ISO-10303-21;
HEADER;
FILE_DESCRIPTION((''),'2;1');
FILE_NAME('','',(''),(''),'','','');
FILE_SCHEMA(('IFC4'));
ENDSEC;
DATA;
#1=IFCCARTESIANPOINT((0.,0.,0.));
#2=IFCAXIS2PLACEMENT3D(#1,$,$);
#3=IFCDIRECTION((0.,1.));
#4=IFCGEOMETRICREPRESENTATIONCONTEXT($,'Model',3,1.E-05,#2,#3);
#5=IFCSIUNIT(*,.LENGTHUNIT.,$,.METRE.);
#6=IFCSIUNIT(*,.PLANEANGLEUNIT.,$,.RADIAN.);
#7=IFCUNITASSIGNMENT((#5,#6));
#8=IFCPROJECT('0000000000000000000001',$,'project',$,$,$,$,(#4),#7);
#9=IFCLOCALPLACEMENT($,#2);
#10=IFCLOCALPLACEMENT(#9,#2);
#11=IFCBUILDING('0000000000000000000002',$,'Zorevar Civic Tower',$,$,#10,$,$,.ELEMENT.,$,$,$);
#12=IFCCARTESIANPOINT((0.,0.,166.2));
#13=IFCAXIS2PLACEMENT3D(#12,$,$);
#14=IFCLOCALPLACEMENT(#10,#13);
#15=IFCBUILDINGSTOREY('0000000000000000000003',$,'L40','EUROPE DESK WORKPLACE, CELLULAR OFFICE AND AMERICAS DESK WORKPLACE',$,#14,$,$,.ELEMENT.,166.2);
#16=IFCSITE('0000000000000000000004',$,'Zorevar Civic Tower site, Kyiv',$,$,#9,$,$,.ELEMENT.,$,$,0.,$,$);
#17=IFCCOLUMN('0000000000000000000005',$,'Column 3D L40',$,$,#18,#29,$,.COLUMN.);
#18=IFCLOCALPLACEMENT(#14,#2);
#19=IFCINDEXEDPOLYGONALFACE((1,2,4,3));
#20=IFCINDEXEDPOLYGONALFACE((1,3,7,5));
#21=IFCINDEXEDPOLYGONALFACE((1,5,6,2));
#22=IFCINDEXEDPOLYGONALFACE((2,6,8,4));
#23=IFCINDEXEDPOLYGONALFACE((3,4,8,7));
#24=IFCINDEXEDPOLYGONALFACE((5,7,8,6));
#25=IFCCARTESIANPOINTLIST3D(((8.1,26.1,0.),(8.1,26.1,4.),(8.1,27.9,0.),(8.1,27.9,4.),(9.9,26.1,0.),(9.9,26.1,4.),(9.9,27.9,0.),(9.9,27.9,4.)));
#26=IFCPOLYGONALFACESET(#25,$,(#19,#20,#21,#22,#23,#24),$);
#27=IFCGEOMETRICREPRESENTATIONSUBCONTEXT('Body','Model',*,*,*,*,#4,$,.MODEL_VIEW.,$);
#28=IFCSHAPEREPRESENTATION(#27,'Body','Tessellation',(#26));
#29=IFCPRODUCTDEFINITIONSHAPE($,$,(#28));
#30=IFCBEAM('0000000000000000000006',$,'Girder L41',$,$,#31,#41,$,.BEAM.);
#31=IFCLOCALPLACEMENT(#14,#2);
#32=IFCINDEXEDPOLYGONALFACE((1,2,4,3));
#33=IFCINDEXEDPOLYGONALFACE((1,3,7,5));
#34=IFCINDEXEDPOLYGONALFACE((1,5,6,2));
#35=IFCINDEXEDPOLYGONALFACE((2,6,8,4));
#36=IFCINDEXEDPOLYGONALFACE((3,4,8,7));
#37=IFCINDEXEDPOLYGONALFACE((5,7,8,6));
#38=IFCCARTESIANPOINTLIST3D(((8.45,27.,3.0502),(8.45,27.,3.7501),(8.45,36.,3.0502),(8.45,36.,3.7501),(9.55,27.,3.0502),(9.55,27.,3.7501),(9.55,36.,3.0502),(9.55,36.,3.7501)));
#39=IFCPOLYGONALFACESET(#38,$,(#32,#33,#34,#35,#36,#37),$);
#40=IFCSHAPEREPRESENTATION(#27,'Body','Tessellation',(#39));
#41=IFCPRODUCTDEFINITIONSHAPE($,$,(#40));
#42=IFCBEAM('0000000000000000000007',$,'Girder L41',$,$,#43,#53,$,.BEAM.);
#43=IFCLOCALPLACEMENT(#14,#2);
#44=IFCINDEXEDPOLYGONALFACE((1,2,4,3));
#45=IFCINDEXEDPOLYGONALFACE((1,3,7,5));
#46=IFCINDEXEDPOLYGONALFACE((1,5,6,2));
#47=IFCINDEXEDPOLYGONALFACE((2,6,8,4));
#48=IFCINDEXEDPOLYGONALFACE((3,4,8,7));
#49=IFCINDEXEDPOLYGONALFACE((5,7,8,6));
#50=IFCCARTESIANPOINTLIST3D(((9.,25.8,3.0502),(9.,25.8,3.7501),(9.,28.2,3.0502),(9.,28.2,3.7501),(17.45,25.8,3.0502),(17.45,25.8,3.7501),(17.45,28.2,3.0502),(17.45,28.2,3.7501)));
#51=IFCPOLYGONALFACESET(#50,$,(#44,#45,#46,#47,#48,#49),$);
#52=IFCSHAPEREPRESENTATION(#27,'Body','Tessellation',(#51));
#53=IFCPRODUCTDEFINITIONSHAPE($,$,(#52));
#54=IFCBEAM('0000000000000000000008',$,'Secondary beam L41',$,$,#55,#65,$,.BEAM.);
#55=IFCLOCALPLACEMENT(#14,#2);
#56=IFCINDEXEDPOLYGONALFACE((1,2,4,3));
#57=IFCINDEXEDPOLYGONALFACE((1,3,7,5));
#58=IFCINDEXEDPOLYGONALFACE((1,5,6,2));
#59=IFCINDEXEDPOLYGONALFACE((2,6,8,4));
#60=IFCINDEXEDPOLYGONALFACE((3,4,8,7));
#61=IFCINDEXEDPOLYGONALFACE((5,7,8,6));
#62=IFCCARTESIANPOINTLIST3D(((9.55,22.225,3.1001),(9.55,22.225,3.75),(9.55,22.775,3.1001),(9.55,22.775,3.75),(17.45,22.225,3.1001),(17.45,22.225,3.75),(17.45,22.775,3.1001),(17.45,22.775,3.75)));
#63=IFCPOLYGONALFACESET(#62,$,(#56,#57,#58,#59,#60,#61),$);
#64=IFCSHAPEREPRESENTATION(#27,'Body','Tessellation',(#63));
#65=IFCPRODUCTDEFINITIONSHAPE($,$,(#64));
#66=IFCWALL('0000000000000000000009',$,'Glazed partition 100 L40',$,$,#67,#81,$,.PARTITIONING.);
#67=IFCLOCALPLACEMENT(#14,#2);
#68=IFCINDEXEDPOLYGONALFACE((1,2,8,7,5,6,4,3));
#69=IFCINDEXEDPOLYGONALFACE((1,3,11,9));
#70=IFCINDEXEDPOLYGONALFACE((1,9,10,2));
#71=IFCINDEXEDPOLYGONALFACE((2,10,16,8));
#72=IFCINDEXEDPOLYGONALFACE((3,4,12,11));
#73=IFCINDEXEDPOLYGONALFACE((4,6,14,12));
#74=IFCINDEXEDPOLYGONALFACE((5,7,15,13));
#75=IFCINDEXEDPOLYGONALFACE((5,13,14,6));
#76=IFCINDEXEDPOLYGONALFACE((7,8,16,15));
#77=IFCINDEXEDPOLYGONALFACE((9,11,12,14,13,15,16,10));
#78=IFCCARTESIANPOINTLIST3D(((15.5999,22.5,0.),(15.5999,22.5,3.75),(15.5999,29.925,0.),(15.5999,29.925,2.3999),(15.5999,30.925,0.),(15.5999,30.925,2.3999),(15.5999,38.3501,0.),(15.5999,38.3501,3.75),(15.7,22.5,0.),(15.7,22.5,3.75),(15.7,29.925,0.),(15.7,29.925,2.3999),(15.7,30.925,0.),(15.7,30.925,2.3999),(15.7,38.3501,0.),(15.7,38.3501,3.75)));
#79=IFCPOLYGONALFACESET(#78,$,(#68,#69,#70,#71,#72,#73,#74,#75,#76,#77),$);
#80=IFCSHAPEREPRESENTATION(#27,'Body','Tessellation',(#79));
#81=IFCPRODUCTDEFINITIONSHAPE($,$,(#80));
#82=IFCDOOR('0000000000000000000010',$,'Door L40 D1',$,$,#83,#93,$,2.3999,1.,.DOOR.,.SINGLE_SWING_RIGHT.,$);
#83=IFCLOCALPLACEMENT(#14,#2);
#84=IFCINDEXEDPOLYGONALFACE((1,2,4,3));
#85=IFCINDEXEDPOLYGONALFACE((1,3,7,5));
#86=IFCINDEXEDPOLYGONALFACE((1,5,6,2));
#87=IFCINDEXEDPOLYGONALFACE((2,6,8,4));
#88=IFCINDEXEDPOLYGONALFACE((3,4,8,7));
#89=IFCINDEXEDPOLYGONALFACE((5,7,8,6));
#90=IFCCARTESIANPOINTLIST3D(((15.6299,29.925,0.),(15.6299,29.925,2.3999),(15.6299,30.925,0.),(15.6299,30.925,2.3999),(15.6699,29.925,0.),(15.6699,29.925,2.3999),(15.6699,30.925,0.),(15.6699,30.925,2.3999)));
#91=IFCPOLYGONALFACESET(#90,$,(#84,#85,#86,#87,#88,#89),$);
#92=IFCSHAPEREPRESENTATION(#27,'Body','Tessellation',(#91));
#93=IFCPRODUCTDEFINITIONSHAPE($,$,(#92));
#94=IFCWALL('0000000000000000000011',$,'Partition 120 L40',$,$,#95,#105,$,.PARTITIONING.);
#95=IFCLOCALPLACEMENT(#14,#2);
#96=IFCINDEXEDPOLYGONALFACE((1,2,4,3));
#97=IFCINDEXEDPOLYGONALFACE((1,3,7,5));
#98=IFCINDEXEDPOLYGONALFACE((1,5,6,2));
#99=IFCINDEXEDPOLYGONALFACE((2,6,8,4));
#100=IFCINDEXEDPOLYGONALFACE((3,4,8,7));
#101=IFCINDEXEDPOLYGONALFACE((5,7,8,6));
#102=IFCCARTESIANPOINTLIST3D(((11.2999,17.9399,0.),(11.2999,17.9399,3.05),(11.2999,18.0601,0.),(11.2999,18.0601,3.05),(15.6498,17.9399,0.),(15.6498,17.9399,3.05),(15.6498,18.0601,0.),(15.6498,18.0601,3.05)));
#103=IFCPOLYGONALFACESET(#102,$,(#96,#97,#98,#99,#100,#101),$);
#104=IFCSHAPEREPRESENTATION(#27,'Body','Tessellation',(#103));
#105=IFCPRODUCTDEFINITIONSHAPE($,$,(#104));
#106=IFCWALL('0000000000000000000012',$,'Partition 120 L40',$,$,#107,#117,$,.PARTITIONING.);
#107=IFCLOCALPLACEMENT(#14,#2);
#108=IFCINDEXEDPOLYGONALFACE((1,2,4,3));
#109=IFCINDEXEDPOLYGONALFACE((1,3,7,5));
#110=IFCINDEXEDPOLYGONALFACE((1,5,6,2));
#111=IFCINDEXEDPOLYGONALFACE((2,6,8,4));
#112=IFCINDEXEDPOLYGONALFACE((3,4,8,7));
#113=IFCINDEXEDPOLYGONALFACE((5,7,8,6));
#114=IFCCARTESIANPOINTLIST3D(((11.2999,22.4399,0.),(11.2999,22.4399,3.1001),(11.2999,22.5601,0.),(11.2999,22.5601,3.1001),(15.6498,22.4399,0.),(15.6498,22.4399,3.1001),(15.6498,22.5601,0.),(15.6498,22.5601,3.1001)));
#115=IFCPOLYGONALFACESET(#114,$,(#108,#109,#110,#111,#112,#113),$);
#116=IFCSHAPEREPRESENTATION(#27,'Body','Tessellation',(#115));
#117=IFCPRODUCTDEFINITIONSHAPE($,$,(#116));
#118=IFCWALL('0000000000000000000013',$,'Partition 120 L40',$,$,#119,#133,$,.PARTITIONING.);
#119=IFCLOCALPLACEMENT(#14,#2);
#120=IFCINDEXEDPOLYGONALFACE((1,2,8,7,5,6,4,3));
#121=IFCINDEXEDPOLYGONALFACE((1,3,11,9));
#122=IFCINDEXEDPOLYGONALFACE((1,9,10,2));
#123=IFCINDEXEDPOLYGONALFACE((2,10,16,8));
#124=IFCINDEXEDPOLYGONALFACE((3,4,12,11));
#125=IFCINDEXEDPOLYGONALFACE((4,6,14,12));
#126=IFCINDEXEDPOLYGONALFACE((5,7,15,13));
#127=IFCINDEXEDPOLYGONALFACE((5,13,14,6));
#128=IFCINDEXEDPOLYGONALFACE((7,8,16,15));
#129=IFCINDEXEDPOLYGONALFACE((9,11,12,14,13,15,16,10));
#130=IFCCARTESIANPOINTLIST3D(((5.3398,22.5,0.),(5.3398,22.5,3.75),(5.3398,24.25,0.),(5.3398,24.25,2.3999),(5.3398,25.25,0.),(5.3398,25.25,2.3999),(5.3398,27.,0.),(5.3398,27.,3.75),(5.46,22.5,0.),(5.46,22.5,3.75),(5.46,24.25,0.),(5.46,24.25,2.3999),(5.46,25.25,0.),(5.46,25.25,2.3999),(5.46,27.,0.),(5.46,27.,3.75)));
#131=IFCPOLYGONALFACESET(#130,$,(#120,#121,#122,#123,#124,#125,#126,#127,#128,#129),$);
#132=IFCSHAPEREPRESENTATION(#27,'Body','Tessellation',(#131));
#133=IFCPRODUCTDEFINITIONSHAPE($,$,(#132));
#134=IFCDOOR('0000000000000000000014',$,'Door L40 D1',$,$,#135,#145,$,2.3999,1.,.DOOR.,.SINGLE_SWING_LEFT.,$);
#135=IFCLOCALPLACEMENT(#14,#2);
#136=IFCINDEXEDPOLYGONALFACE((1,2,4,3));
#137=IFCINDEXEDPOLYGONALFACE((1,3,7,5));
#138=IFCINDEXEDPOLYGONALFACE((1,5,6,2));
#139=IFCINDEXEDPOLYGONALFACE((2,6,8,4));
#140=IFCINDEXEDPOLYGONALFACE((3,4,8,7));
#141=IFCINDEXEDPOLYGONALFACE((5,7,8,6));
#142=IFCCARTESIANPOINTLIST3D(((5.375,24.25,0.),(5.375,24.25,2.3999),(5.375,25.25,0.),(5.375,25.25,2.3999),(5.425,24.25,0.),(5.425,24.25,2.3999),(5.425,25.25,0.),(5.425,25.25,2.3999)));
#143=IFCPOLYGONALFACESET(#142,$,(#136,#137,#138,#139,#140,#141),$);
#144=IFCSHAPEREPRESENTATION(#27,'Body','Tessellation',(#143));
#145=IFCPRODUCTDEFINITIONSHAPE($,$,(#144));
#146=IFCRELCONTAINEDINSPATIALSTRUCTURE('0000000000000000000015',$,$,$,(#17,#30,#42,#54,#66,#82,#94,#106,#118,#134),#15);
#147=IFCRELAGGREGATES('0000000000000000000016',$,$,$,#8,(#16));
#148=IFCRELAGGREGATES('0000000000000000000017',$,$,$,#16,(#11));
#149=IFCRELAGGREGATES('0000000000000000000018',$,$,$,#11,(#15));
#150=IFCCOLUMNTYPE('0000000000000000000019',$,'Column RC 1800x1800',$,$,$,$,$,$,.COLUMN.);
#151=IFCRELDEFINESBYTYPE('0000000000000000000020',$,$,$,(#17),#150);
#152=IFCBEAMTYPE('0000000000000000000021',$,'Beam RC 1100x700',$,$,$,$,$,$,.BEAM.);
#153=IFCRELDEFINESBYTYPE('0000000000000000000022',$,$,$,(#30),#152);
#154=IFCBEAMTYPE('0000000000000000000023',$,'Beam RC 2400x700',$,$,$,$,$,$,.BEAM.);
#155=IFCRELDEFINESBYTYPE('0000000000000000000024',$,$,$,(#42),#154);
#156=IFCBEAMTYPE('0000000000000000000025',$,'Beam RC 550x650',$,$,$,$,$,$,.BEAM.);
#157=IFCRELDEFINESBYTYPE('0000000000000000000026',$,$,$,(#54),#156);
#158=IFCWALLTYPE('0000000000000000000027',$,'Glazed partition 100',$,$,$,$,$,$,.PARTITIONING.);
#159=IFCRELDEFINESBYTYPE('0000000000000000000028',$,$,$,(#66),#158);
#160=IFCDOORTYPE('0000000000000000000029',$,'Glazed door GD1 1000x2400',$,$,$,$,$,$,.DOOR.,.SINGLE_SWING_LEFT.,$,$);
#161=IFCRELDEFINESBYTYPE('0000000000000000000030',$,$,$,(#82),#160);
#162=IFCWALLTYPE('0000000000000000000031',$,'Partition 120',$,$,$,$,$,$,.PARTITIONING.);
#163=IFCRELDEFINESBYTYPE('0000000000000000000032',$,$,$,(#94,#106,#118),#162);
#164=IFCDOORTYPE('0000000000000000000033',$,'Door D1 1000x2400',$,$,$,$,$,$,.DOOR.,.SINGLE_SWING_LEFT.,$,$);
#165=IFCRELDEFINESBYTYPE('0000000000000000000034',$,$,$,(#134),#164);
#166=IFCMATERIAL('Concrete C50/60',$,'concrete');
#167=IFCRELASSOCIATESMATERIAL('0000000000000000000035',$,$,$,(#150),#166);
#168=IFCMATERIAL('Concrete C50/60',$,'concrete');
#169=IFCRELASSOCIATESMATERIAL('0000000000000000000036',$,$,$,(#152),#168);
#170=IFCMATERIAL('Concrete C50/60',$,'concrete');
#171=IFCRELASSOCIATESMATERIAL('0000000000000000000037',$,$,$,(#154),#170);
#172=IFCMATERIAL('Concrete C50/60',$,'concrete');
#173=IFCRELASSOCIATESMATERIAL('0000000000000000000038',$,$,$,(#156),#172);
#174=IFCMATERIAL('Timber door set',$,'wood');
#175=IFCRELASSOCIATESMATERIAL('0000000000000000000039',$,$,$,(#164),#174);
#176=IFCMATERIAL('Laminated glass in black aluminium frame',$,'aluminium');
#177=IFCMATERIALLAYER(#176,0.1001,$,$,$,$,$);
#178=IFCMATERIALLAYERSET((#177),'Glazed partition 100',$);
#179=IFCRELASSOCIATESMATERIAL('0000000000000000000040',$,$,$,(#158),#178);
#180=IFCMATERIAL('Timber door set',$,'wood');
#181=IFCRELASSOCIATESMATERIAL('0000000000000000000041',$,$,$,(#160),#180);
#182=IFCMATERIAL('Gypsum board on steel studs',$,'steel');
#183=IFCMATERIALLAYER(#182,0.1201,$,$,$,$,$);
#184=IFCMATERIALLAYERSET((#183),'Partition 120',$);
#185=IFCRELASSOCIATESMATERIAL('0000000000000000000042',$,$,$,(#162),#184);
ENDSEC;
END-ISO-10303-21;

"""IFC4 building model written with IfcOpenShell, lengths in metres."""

from ifc_helpers import new_model, si_unit, direction, frame, frame_2d, origin, origin_2d, place, context, subcontext, project, spatial, rectangle, extrude, material, layer, layer_set, material_profile, profile_set, type_object, element, fill, save


model = new_model("IFC4")

# Units and contexts
model_context = context("Model", 3, precision=1e-05, world=origin(), true_north=direction((0.0, 1.0)))
body_context = subcontext(model_context, "Body", "Model", "MODEL_VIEW")
ifc_project = project(units=[si_unit("LENGTHUNIT", "METRE"), si_unit("PLANEANGLEUNIT", "RADIAN")], contexts=[model_context])

# Site, building, storey
site_placement = place(None, origin())
site = spatial("IfcSite", under=ifc_project, at=site_placement, Name="Zorevar Civic Tower site, Kyiv", CompositionType="ELEMENT", RefElevation=0.0)
building_placement = place(site_placement, origin())
building = spatial("IfcBuilding", under=site, at=building_placement, Name="Zorevar Civic Tower", CompositionType="ELEMENT")
storey_placement = place(building_placement, frame((0.0, 0.0, 166.2)))
storey = spatial("IfcBuildingStorey", under=building, at=storey_placement, Name="L40", Description="EUROPE DESK WORKPLACE, CELLULAR OFFICE AND AMERICAS DESK WORKPLACE", CompositionType="ELEMENT", Elevation=166.2)

# Column
ifc_material_1 = material(Name="Concrete C50/60", Category="concrete")
ifc_material_profile_1 = material_profile(ifc_material_1, rectangle(XDim=1.8, YDim=1.8, at=origin_2d()), Name="RC 1800x1800")
ifc_profile_set_1 = profile_set([ifc_material_profile_1], Name="Concrete C50/60")
column_type = type_object("IfcColumnType", Name="Column RC 1800x1800", PredefinedType="COLUMN", material=ifc_profile_set_1)
column_placement = place(storey_placement, frame((9.0, 27.0, 0.0), z_axis=(0.0, 0.0, 1.0), x_axis=(1.0, 0.0, 0.0)))
element("IfcColumn", 1, at=column_placement, inside=storey, type_object=column_type, Name="Column 3D L40", PredefinedType="COLUMN", context=body_context, shape_type="SweptSolid", body=[
    extrude(rectangle(XDim=1.8, YDim=1.8, at=origin_2d()), origin(), (0.0, 0.0, 1.0), 4.0),
])

# Beams
ifc_material_2 = material(Name="Concrete C50/60", Category="concrete")
ifc_material_profile_2 = material_profile(ifc_material_2, rectangle(XDim=1.1001, YDim=0.7, at=origin_2d()), Name="RC 1100x700")
ifc_profile_set_2 = profile_set([ifc_material_profile_2], Name="Concrete C50/60")
beam_type_1 = type_object("IfcBeamType", Name="Beam RC 1100x700", PredefinedType="BEAM", material=ifc_profile_set_2)
beam_1_placement = place(storey_placement, frame((9.0, 27.0, 3.4001), z_axis=(0.0, 1.0, 0.0), x_axis=(-1.0, 0.0, 0.0)))
element("IfcBeam", 2, at=beam_1_placement, inside=storey, type_object=beam_type_1, Name="Girder L41", PredefinedType="BEAM", context=body_context, shape_type="SweptSolid", body=[
    extrude(rectangle(XDim=1.1001, YDim=0.7, at=origin_2d()), origin(), (0.0, 0.0, 1.0), 9.0),
])
ifc_material_3 = material(Name="Concrete C50/60", Category="concrete")
ifc_material_profile_3 = material_profile(ifc_material_3, rectangle(XDim=2.3999, YDim=0.7, at=origin_2d()), Name="RC 2400x700")
ifc_profile_set_3 = profile_set([ifc_material_profile_3], Name="Concrete C50/60")
beam_type_2 = type_object("IfcBeamType", Name="Beam RC 2400x700", PredefinedType="BEAM", material=ifc_profile_set_3)
beam_2_placement = place(storey_placement, frame((9.0, 27.0, 3.4001), z_axis=(1.0, 0.0, 0.0), x_axis=(0.0, 1.0, 0.0)))
element("IfcBeam", 3, at=beam_2_placement, inside=storey, type_object=beam_type_2, Name="Girder L41", PredefinedType="BEAM", context=body_context, shape_type="SweptSolid", body=[
    extrude(rectangle(XDim=2.3999, YDim=0.7, at=origin_2d()), origin(), (0.0, 0.0, 1.0), 8.45),
])
ifc_material_4 = material(Name="Concrete C50/60", Category="concrete")
ifc_material_profile_4 = material_profile(ifc_material_4, rectangle(XDim=0.55, YDim=0.6499, at=origin_2d()), Name="RC 550x650")
ifc_profile_set_4 = profile_set([ifc_material_profile_4], Name="Concrete C50/60")
beam_type_3 = type_object("IfcBeamType", Name="Beam RC 550x650", PredefinedType="BEAM", material=ifc_profile_set_4)
beam_3_placement = place(storey_placement, frame((9.55, 22.5, 3.425), z_axis=(1.0, 0.0, 0.0), x_axis=(0.0, 1.0, 0.0)))
element("IfcBeam", 4, at=beam_3_placement, inside=storey, type_object=beam_type_3, Name="Secondary beam L41", PredefinedType="BEAM", context=body_context, shape_type="SweptSolid", body=[
    extrude(rectangle(XDim=0.55, YDim=0.6499, at=origin_2d()), origin(), (0.0, 0.0, 1.0), 7.8999),
])

# Shared definitions
ifc_material_5 = material(Name="Timber door set", Category="wood")
door_type_1 = type_object("IfcDoorType", Name="Door D1 1000x2400", OperationType="SINGLE_SWING_LEFT", PredefinedType="DOOR", material=ifc_material_5)

# Wall, opening, door
ifc_material_6 = material(Name="Laminated glass in black aluminium frame", Category="aluminium")
ifc_layer_1 = layer(ifc_material_6, 0.1001)
ifc_layer_set_1 = layer_set([ifc_layer_1], Name="Glazed partition 100")
wall_type_1 = type_object("IfcWallType", Name="Glazed partition 100", PredefinedType="PARTITIONING", material=ifc_layer_set_1)
wall_1_placement = place(storey_placement, frame((15.6499, 22.5, 0.0), z_axis=(0.0, 0.0, 1.0), x_axis=(0.0, 1.0, 0.0)))
wall_1 = element("IfcWall", 5, at=wall_1_placement, inside=storey, type_object=wall_type_1, Name="Glazed partition 100 L40", PredefinedType="PARTITIONING", context=body_context, shape_type="SweptSolid", body=[
    extrude(rectangle(XDim=15.8501, YDim=0.1001, at=frame_2d((7.925, 0.0))), origin(), (0.0, 0.0, 1.0), 3.75),
])
opening_1_placement = place(wall_1_placement, frame((7.425, 0.0, 0.0)))
opening_1 = element("IfcOpeningElement", 6, at=opening_1_placement, cuts=wall_1, PredefinedType="OPENING", context=body_context, shape_type="SweptSolid", body=[
    extrude(rectangle(XDim=1.0, YDim=2.3999, at=frame_2d((0.5, 1.2))), frame((0.0, 0.0601, 0.0), z_axis=(0.0, -1.0, 0.0), x_axis=(1.0, 0.0, 0.0)), (0.0, 0.0, 1.0), 0.1201),
])
ifc_material_7 = material(Name="Timber door set", Category="wood")
door_type_2 = type_object("IfcDoorType", Name="Glazed door GD1 1000x2400", OperationType="SINGLE_SWING_LEFT", PredefinedType="DOOR", material=ifc_material_7)
door_1_placement = place(opening_1_placement, origin())
door_1 = element("IfcDoor", 7, at=door_1_placement, inside=storey, type_object=door_type_2, Name="Door L40 D1", OperationType="SINGLE_SWING_RIGHT", OverallHeight=2.3999, OverallWidth=1.0, PredefinedType="DOOR", context=body_context, shape_type="SweptSolid", body=[
    extrude(rectangle(XDim=1.0, YDim=2.3999, at=frame_2d((0.5, 1.2))), frame((0.0, 0.02, 0.0), z_axis=(0.0, -1.0, 0.0), x_axis=(1.0, 0.0, 0.0)), (0.0, 0.0, 1.0), 0.04),
])
fill(opening_1, door_1)

# Walls
ifc_material_8 = material(Name="Gypsum board on steel studs", Category="steel")
ifc_layer_2 = layer(ifc_material_8, 0.1201)
ifc_layer_set_2 = layer_set([ifc_layer_2], Name="Partition 120")
wall_type_2 = type_object("IfcWallType", Name="Partition 120", PredefinedType="PARTITIONING", material=ifc_layer_set_2)
wall_2_placement = place(storey_placement, frame((11.3, 18.0, 0.0), z_axis=(0.0, 0.0, 1.0), x_axis=(1.0, 0.0, 0.0)))
element("IfcWall", 8, at=wall_2_placement, inside=storey, type_object=wall_type_2, Name="Partition 120 L40", PredefinedType="PARTITIONING", context=body_context, shape_type="SweptSolid", body=[
    extrude(rectangle(XDim=4.3499, YDim=0.1201, at=frame_2d((2.1748, 0.0))), origin(), (0.0, 0.0, 1.0), 3.05),
])
wall_3_placement = place(storey_placement, frame((11.3, 22.5, 0.0), z_axis=(0.0, 0.0, 1.0), x_axis=(1.0, 0.0, 0.0)))
element("IfcWall", 9, at=wall_3_placement, inside=storey, type_object=wall_type_2, Name="Partition 120 L40", PredefinedType="PARTITIONING", context=body_context, shape_type="SweptSolid", body=[
    extrude(rectangle(XDim=4.3499, YDim=0.1201, at=frame_2d((2.1748, 0.0))), origin(), (0.0, 0.0, 1.0), 3.1001),
])

# Wall, opening, door
wall_4_placement = place(storey_placement, frame((5.3999, 22.5, 0.0), z_axis=(0.0, 0.0, 1.0), x_axis=(0.0, 1.0, 0.0)))
wall_4 = element("IfcWall", 10, at=wall_4_placement, inside=storey, type_object=wall_type_2, Name="Partition 120 L40", PredefinedType="PARTITIONING", context=body_context, shape_type="SweptSolid", body=[
    extrude(rectangle(XDim=4.5, YDim=0.1201, at=frame_2d((2.25, 0.0))), origin(), (0.0, 0.0, 1.0), 3.75),
])
opening_2_placement = place(wall_4_placement, frame((1.75, 0.0, 0.0)))
opening_2 = element("IfcOpeningElement", 11, at=opening_2_placement, cuts=wall_4, PredefinedType="OPENING", context=body_context, shape_type="SweptSolid", body=[
    extrude(rectangle(XDim=1.0, YDim=2.3999, at=frame_2d((0.5, 1.2))), frame((0.0, 0.0701, 0.0), z_axis=(0.0, -1.0, 0.0), x_axis=(1.0, 0.0, 0.0)), (0.0, 0.0, 1.0), 0.1401),
])
door_2_placement = place(opening_2_placement, origin())
door_2 = element("IfcDoor", 12, at=door_2_placement, inside=storey, type_object=door_type_1, Name="Door L40 D1", OperationType="SINGLE_SWING_LEFT", OverallHeight=2.3999, OverallWidth=1.0, PredefinedType="DOOR", context=body_context, shape_type="SweptSolid", body=[
    extrude(rectangle(XDim=1.0, YDim=2.3999, at=frame_2d((0.5, 1.2))), frame((0.0, 0.0249, 0.0), z_axis=(0.0, -1.0, 0.0), x_axis=(1.0, 0.0, 0.0)), (0.0, 0.0, 1.0), 0.05),
])
fill(opening_2, door_2)

save(model, "model.ifc")
